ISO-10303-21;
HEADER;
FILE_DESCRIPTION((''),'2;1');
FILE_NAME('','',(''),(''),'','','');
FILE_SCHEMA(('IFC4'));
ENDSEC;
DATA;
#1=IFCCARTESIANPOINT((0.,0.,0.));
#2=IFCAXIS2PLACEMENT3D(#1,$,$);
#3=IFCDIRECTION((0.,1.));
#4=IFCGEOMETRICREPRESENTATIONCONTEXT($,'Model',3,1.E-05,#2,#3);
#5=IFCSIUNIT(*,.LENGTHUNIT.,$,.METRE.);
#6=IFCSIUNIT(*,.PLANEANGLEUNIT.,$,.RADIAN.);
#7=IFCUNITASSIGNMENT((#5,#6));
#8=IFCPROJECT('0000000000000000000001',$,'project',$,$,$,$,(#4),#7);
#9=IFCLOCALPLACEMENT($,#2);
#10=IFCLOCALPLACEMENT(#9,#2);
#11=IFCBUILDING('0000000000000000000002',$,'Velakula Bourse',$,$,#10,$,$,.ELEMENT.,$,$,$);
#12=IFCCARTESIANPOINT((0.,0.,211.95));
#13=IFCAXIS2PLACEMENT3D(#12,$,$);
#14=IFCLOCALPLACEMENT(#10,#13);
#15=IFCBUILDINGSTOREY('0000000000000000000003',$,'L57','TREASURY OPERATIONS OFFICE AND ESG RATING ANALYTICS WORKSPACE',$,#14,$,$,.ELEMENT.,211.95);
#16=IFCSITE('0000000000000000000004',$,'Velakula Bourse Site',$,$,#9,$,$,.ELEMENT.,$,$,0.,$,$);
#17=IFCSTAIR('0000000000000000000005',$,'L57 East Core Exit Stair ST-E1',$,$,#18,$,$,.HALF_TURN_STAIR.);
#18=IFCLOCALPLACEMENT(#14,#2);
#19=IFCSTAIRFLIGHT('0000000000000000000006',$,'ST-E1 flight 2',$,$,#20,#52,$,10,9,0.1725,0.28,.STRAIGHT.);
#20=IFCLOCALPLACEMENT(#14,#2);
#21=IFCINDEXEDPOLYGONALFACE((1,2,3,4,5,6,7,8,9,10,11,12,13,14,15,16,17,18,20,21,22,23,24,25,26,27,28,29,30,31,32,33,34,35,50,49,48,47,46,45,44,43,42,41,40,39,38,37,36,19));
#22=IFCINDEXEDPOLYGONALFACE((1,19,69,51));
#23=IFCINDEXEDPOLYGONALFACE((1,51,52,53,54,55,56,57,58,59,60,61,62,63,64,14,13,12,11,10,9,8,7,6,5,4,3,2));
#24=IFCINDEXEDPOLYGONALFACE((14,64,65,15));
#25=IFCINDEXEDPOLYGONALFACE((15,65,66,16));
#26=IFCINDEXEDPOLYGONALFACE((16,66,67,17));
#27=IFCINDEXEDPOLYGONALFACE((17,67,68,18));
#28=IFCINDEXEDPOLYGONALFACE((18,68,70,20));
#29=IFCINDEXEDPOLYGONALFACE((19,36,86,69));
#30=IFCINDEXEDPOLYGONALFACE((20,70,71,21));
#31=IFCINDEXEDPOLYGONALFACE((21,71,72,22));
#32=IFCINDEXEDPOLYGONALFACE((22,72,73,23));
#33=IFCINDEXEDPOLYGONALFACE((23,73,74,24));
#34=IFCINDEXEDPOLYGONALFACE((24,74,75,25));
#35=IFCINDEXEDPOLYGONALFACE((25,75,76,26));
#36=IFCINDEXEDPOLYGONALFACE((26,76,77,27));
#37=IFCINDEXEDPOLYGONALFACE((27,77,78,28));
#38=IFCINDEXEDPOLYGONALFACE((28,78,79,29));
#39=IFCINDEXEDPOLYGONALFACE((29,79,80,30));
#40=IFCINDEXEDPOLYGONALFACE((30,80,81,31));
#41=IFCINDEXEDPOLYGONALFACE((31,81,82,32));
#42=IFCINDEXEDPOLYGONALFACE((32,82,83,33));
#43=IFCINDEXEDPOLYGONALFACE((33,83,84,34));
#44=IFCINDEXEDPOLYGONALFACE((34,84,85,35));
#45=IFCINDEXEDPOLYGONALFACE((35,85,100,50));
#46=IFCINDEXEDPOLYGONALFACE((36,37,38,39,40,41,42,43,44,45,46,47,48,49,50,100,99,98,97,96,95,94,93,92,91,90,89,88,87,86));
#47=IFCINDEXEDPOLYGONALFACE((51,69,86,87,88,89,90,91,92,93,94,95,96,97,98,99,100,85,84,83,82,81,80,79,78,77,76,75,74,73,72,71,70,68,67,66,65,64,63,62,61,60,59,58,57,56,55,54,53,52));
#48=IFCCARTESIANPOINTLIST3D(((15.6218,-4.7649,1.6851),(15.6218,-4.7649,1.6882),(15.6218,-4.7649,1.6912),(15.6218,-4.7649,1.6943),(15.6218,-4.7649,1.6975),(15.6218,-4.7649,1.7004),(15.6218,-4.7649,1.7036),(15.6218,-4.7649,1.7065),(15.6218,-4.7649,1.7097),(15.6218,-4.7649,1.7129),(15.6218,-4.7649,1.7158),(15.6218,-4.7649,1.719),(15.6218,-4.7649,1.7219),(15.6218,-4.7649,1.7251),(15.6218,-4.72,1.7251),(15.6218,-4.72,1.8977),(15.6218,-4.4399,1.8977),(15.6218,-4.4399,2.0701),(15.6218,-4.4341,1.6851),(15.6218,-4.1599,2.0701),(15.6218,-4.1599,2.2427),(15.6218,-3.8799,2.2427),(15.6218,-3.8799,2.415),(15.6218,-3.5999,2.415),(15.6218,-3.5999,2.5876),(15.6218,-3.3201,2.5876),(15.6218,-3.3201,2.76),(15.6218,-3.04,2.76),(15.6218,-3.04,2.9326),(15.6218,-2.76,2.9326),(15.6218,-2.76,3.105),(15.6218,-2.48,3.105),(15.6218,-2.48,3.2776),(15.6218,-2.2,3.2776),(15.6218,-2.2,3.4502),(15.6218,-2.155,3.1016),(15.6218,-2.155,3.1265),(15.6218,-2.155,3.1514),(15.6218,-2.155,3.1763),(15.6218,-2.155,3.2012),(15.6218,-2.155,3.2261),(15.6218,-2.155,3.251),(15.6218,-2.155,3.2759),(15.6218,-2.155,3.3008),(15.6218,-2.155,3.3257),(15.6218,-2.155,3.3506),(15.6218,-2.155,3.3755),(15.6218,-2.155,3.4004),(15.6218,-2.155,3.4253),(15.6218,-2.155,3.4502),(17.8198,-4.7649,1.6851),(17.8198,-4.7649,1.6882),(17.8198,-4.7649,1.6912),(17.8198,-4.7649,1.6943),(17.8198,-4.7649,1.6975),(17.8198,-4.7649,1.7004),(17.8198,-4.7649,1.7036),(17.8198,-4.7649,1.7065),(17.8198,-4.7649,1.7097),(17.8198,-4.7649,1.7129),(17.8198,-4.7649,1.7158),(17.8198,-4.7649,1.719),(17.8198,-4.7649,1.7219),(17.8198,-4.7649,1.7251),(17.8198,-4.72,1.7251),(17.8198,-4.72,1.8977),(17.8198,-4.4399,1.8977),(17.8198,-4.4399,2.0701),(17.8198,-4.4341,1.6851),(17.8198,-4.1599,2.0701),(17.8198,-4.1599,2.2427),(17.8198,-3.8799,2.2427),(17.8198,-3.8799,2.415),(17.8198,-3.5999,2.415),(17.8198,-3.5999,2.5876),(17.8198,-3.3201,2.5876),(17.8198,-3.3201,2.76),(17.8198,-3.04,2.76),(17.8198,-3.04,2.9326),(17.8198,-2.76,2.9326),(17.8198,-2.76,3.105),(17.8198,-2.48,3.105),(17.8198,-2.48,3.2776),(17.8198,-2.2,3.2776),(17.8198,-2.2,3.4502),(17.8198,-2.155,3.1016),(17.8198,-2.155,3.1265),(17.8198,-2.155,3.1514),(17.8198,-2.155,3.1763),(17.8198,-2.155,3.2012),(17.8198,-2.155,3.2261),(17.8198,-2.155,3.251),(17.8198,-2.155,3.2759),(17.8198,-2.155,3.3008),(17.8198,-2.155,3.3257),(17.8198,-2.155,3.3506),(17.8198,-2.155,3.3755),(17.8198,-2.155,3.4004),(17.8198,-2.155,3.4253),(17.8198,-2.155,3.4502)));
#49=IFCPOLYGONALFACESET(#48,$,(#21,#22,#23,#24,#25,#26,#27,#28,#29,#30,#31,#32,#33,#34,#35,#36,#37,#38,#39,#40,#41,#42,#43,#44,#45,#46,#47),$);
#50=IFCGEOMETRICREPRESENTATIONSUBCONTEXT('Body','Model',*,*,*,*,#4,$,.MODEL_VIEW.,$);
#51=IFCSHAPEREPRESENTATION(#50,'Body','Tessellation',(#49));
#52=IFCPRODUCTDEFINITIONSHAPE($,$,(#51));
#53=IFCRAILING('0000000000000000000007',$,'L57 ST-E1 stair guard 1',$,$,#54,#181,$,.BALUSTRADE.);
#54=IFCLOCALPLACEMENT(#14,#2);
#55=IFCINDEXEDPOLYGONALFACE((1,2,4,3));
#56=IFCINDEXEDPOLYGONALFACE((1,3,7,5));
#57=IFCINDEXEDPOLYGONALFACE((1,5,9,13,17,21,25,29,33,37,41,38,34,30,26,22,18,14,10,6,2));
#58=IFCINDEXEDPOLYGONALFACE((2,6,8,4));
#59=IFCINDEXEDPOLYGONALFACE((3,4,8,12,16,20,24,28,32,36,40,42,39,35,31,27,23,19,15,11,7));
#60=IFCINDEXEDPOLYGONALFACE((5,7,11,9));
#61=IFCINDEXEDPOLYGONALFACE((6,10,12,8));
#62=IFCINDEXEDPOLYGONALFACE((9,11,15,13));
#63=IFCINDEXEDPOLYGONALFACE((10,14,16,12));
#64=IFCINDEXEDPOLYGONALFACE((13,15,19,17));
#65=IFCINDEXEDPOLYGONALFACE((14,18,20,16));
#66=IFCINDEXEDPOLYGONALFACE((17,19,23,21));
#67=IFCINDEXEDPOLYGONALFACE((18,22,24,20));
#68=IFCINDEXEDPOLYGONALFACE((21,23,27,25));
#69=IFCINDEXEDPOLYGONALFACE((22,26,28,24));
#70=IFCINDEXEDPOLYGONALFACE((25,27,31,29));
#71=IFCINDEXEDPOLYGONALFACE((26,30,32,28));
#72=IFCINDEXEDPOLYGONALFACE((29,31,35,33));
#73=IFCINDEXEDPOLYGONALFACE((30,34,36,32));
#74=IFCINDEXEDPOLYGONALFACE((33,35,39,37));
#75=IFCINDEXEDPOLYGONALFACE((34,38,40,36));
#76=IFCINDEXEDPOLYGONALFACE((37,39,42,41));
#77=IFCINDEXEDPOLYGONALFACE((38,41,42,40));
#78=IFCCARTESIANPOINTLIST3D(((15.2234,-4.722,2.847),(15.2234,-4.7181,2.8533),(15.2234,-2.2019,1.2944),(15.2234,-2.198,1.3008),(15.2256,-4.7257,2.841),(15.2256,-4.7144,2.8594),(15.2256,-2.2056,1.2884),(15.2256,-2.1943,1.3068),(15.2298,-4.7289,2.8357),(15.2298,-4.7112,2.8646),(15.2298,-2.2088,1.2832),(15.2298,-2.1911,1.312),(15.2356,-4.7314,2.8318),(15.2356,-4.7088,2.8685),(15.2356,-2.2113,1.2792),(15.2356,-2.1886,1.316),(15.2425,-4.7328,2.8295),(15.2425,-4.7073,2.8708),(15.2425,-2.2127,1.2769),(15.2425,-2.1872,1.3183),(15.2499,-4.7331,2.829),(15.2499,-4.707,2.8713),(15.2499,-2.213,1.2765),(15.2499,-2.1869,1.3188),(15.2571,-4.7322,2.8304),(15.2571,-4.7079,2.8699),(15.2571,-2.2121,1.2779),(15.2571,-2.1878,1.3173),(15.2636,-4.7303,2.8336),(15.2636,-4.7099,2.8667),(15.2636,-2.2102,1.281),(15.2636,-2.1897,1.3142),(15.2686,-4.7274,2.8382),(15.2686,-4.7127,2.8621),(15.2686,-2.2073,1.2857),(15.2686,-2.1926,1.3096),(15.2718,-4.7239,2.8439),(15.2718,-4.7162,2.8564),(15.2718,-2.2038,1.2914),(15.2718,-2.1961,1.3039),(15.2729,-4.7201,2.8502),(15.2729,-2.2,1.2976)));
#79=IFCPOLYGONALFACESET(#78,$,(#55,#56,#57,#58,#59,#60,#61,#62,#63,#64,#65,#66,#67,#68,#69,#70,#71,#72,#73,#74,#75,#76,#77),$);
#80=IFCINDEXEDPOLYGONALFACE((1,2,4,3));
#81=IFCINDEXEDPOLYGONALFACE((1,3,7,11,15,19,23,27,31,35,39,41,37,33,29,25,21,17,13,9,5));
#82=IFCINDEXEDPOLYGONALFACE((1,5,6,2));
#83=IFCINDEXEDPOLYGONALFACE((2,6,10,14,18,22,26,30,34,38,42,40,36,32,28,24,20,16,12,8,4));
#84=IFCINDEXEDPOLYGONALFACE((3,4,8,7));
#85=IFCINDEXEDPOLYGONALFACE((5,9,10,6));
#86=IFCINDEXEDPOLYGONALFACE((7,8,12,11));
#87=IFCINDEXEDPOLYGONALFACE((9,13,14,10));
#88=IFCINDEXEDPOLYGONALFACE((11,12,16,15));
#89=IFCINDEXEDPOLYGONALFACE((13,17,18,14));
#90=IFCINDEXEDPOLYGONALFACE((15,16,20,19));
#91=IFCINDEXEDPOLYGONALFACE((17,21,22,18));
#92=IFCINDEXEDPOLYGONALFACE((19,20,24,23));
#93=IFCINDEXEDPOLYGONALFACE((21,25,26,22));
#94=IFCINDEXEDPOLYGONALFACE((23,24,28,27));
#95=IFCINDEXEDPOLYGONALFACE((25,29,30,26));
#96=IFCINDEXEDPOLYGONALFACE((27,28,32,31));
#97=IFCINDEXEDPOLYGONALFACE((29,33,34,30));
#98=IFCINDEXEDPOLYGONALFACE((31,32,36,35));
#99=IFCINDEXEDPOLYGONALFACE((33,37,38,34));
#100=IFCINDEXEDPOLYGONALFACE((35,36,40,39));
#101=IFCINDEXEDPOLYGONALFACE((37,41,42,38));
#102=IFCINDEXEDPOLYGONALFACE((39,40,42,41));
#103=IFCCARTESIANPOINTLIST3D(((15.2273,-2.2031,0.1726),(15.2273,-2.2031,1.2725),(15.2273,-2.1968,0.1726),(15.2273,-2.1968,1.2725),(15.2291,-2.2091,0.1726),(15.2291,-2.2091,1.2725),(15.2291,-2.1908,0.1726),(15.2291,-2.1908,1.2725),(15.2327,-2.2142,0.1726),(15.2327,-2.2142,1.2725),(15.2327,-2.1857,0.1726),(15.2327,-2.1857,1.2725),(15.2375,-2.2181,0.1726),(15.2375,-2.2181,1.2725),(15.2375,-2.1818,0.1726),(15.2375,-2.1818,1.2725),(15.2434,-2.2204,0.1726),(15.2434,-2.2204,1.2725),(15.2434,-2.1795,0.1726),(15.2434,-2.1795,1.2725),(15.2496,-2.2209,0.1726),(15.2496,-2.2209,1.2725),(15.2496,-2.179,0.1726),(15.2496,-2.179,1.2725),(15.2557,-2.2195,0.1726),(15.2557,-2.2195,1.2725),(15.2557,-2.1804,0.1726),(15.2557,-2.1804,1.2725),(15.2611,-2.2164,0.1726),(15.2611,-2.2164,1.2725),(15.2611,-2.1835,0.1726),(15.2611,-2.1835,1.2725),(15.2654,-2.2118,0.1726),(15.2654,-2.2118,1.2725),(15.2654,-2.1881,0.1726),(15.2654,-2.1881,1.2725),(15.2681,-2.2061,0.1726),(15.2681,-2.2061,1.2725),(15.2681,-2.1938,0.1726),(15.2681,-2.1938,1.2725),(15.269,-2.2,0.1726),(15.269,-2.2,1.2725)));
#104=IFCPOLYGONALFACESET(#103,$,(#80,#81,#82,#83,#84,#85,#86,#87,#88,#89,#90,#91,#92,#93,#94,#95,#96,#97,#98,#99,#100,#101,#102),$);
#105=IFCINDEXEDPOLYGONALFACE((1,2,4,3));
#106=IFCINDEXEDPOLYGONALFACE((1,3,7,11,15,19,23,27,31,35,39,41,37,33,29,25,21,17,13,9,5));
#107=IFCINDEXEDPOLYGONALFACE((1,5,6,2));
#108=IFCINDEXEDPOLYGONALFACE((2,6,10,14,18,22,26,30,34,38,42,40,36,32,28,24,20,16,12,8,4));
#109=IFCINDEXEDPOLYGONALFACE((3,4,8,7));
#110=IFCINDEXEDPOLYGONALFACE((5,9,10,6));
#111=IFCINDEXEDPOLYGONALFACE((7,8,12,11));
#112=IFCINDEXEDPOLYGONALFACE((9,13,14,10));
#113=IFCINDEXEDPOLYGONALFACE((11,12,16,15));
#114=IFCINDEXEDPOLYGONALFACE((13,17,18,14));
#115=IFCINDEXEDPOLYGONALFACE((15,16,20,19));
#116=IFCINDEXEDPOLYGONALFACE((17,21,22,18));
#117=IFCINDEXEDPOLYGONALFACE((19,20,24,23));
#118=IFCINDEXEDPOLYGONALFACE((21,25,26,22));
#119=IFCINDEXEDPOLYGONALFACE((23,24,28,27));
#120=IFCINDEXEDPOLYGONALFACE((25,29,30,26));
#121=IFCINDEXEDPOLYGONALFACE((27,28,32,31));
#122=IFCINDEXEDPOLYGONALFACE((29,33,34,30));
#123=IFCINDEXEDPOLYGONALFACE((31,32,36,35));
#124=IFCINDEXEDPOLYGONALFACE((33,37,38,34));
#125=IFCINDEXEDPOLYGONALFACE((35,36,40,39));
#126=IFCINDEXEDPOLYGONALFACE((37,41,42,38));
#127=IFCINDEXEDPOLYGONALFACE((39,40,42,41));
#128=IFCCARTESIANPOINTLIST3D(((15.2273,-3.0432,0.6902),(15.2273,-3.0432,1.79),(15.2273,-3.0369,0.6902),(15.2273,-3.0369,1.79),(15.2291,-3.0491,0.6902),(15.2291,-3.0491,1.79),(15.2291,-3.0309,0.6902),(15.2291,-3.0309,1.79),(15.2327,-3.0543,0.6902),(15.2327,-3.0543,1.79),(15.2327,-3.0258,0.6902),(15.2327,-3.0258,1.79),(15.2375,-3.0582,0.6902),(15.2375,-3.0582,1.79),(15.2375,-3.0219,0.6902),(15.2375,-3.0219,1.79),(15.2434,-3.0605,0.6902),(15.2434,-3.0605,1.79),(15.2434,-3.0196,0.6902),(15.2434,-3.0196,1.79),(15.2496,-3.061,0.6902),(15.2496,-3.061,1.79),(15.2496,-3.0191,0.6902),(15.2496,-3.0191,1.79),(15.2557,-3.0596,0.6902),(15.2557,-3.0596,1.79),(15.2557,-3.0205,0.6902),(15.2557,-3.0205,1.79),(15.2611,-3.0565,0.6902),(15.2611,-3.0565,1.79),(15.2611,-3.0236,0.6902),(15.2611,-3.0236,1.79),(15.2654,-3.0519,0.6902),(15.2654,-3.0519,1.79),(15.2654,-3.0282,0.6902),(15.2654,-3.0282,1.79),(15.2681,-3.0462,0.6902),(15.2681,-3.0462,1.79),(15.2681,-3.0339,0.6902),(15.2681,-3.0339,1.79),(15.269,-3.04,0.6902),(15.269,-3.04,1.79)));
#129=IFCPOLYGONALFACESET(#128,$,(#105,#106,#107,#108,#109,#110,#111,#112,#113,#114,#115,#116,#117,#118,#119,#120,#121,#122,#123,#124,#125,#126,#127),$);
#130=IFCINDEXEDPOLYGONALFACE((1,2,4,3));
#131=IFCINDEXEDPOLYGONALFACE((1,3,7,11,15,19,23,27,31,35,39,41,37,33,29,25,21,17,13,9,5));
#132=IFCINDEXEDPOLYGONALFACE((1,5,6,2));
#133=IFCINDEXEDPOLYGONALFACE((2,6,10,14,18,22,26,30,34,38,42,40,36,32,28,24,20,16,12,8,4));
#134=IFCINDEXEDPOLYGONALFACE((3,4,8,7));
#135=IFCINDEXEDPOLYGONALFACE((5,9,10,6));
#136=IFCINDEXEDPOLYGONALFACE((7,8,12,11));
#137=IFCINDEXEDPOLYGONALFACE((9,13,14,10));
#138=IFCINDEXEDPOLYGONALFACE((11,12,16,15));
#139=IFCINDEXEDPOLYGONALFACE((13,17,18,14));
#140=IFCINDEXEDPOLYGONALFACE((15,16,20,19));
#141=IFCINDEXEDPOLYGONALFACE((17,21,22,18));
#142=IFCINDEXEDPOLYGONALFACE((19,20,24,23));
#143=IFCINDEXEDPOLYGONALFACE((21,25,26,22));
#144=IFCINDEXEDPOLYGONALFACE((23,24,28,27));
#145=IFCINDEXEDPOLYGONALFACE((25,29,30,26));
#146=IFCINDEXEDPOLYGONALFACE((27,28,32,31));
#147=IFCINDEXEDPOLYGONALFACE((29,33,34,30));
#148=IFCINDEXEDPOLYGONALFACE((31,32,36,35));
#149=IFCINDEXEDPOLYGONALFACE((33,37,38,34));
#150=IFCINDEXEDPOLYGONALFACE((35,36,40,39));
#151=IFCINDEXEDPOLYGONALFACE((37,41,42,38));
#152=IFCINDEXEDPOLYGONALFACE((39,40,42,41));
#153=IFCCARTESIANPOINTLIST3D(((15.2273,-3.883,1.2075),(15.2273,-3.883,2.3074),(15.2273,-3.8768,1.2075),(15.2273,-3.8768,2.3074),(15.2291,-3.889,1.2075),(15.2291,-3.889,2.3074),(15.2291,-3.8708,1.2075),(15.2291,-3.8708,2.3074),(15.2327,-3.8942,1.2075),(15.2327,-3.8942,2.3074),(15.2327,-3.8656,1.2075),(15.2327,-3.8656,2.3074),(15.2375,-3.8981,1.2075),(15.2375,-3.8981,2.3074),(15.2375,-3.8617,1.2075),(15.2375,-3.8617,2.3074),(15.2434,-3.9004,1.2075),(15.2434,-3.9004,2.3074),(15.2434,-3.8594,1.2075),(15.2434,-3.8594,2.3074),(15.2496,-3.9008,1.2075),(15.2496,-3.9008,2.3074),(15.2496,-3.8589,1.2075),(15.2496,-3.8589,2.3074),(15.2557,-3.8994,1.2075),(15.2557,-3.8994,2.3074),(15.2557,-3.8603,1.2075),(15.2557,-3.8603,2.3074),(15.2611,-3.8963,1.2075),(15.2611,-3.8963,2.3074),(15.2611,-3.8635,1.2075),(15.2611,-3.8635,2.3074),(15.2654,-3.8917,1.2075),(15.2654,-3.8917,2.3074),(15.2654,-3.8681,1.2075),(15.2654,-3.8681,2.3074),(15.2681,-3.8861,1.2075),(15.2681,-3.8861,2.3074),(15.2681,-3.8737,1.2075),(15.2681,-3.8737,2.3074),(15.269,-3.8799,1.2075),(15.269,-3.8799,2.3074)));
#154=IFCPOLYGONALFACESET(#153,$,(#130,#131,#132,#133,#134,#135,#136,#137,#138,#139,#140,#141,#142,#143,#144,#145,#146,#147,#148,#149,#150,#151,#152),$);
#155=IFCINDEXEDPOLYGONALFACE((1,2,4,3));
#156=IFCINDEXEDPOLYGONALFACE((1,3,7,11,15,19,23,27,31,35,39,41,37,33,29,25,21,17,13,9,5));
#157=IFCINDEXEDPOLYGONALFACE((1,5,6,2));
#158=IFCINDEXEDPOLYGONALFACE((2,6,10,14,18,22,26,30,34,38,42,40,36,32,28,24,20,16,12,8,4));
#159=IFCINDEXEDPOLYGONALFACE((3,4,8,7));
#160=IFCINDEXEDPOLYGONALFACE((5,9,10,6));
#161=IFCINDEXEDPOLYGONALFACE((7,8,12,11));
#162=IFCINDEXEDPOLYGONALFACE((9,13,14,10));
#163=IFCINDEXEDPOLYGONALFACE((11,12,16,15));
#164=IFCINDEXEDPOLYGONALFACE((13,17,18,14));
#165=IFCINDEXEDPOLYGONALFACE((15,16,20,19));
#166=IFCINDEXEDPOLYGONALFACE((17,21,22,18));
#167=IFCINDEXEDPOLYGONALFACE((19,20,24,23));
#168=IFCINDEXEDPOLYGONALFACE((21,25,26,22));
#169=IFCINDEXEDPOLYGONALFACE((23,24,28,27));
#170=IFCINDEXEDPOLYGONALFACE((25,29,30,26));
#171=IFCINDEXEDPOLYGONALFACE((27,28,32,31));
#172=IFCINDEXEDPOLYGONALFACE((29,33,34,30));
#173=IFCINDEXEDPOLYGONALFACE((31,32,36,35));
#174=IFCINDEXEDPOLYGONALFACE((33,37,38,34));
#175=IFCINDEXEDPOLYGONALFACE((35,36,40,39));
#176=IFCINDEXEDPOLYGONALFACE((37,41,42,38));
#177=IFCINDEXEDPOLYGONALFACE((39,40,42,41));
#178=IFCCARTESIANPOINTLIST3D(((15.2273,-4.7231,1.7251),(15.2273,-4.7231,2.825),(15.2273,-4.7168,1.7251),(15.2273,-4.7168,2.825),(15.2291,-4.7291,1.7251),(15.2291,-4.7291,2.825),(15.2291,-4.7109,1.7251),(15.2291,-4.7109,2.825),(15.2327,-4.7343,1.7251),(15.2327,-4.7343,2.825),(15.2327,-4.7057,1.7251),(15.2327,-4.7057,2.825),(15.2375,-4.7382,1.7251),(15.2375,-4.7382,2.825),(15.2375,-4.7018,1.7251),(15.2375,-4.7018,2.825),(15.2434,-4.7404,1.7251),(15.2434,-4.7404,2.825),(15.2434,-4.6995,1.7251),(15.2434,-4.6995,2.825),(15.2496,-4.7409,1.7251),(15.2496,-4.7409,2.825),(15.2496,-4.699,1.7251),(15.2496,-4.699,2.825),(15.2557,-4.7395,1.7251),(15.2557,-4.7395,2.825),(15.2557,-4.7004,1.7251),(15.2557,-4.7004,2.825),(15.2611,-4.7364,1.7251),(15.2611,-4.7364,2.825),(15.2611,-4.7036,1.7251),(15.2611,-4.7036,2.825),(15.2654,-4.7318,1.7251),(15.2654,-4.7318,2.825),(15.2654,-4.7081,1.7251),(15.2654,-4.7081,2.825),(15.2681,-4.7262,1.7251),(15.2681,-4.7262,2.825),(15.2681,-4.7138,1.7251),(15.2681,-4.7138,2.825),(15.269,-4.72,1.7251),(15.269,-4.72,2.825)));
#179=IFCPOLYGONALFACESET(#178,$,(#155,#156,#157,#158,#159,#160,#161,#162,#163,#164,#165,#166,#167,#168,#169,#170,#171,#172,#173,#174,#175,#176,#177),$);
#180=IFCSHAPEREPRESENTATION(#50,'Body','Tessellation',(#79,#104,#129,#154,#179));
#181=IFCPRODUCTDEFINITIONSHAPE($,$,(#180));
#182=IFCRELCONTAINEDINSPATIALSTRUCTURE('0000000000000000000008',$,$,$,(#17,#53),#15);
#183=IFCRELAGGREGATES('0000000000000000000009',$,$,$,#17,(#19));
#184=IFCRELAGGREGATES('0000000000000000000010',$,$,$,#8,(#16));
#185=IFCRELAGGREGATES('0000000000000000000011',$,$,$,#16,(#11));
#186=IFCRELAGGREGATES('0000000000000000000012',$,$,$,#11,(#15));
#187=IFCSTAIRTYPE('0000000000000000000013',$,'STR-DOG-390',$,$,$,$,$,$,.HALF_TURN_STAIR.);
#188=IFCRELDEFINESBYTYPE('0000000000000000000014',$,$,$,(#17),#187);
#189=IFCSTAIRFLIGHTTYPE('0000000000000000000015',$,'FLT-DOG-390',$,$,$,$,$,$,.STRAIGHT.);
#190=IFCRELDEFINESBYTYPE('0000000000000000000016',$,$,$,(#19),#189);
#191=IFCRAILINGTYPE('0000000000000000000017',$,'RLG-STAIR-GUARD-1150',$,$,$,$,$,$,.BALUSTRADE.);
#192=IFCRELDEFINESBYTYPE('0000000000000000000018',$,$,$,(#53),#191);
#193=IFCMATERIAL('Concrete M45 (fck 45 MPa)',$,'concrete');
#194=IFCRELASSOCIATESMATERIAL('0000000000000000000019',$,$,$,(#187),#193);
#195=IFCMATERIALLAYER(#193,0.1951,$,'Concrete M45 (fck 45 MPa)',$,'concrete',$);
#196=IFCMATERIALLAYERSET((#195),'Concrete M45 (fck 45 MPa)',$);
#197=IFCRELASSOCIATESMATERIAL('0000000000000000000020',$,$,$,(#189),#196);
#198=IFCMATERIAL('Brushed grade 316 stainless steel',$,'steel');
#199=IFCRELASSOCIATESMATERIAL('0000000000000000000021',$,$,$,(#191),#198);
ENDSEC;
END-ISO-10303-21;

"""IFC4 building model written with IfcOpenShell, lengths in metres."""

from ifc_helpers import new_model, si_unit, direction, frame, origin, origin_2d, place, context, subcontext, project, spatial, polyline, circle, outline, extrude, material, layer, layer_set, type_object, element, aggregate, save


model = new_model("IFC4")

# Units and contexts
model_context = context("Model", 3, precision=1e-05, world=origin(), true_north=direction((0.0, 1.0)))
body_context = subcontext(model_context, "Body", "Model", "MODEL_VIEW")
ifc_project = project(units=[si_unit("LENGTHUNIT", "METRE"), si_unit("PLANEANGLEUNIT", "RADIAN")], contexts=[model_context])

# Site, building, storey
site_placement = place(None, origin())
site = spatial("IfcSite", under=ifc_project, at=site_placement, Name="Velakula Bourse Site", CompositionType="ELEMENT", RefElevation=0.0)
building_placement = place(site_placement, origin())
building = spatial("IfcBuilding", under=site, at=building_placement, Name="Velakula Bourse", CompositionType="ELEMENT")
storey_placement = place(building_placement, frame((0.0, 0.0, 211.95)))
storey = spatial("IfcBuildingStorey", under=building, at=storey_placement, Name="L57", Description="TREASURY OPERATIONS OFFICE AND ESG RATING ANALYTICS WORKSPACE", CompositionType="ELEMENT", Elevation=211.95)

# Shared definitions
ifc_material_1 = material(Name="Brushed grade 316 stainless steel", Category="steel")

# Stair, stair flight
ifc_material_2 = material(Name="Concrete M45 (fck 45 MPa)", Category="concrete")
stair_type = type_object("IfcStairType", Name="STR-DOG-390", PredefinedType="HALF_TURN_STAIR", material=ifc_material_2)
stair_placement = place(storey_placement, origin())
stair = element("IfcStair", 1, at=stair_placement, inside=storey, type_object=stair_type, Name="L57 East Core Exit Stair ST-E1", PredefinedType="HALF_TURN_STAIR")
ifc_layer_1 = layer(ifc_material_2, 0.1951, Name="Concrete M45 (fck 45 MPa)", Category="concrete")
ifc_layer_set_1 = layer_set([ifc_layer_1], Name="Concrete M45 (fck 45 MPa)")
stair_flight_type = type_object("IfcStairFlightType", Name="FLT-DOG-390", PredefinedType="STRAIGHT", material=ifc_layer_set_1)
stair_flight_1_placement = place(storey_placement, frame((16.7209, -4.72, 1.7251), z_axis=(0.0, 0.0, 1.0), x_axis=(0.0, 1.0, 0.0)))
stair_flight_1 = element("IfcStairFlight", 2, at=stair_flight_1_placement, type_object=stair_flight_type, Name="ST-E1 flight 2", NumberOfRisers=10, NumberOfTreads=9, PredefinedType="STRAIGHT", RiserHeight=0.1725, TreadLength=0.28, context=body_context, shape_type="SweptSolid", body=[
    extrude(outline(polyline([(-0.0449, -0.04), (-0.0449, -0.0369), (-0.0449, -0.0339), (-0.0449, -0.0308), (-0.0449, -0.0276), (-0.0449, -0.0247), (-0.0449, -0.0215), (-0.0449, -0.0186), (-0.0449, -0.0154), (-0.0449, -0.0122), (-0.0449, -0.0093), (-0.0449, -0.0061), (-0.0449, -0.0032), (-0.0449, 0.0), (0.0, 0.0), (0.0, 0.1726), (0.28, 0.1726), (0.28, 0.345), (0.5601, 0.345), (0.5601, 0.5176), (0.8401, 0.5176), (0.8401, 0.6899), (1.1201, 0.6899), (1.1201, 0.8625), (1.3999, 0.8625), (1.3999, 1.0349), (1.6799, 1.0349), (1.6799, 1.2075), (1.96, 1.2075), (1.96, 1.3799), (2.24, 1.3799), (2.24, 1.5525), (2.52, 1.5525), (2.52, 1.7251), (2.5649, 1.7251), (2.5649, 1.7002), (2.5649, 1.6753), (2.5649, 1.6504), (2.5649, 1.6255), (2.5649, 1.6006), (2.5649, 1.5757), (2.5649, 1.5508), (2.5649, 1.5259), (2.5649, 1.501), (2.5649, 1.4761), (2.5649, 1.4512), (2.5649, 1.4263), (2.5649, 1.4014), (2.5649, 1.3765), (0.2859, -0.04), (-0.0449, -0.04)])), frame((0.0, 1.0991, 0.0), z_axis=(0.0, -1.0, 0.0), x_axis=(1.0, 0.0, 0.0)), (0.0, 0.0, 1.0), 2.198),
])
aggregate(stair, [stair_flight_1])

# Railing
railing_type_1 = type_object("IfcRailingType", Name="RLG-STAIR-GUARD-1150", PredefinedType="BALUSTRADE", material=ifc_material_1)
railing_1_placement = place(storey_placement, frame((15.248, -2.2, 0.1726)))
element("IfcRailing", 3, at=railing_1_placement, inside=storey, type_object=railing_type_1, Name="L57 ST-E1 stair guard 1", PredefinedType="BALUSTRADE", context=body_context, shape_type="SweptSolid", body=[
    extrude(circle(Radius=0.0249, at=origin_2d()), frame((0.0, 0.0, 1.125), z_axis=(0.0, -0.8514, 0.524516), x_axis=(1.0, 0.0, 0.0)), (0.0, 0.0, 1.0), 2.96),
    extrude(circle(Radius=0.021, at=origin_2d()), origin(), (0.0, 0.0, 1.0), 1.0999),
    extrude(circle(Radius=0.021, at=origin_2d()), frame((0.0, -0.8401, 0.5176)), (0.0, 0.0, 1.0), 1.0999),
    extrude(circle(Radius=0.021, at=origin_2d()), frame((0.0, -1.6799, 1.0349)), (0.0, 0.0, 1.0), 1.0999),
    extrude(circle(Radius=0.021, at=origin_2d()), frame((0.0, -2.52, 1.5525)), (0.0, 0.0, 1.0), 1.0999),
])

save(model, "model.ifc")
